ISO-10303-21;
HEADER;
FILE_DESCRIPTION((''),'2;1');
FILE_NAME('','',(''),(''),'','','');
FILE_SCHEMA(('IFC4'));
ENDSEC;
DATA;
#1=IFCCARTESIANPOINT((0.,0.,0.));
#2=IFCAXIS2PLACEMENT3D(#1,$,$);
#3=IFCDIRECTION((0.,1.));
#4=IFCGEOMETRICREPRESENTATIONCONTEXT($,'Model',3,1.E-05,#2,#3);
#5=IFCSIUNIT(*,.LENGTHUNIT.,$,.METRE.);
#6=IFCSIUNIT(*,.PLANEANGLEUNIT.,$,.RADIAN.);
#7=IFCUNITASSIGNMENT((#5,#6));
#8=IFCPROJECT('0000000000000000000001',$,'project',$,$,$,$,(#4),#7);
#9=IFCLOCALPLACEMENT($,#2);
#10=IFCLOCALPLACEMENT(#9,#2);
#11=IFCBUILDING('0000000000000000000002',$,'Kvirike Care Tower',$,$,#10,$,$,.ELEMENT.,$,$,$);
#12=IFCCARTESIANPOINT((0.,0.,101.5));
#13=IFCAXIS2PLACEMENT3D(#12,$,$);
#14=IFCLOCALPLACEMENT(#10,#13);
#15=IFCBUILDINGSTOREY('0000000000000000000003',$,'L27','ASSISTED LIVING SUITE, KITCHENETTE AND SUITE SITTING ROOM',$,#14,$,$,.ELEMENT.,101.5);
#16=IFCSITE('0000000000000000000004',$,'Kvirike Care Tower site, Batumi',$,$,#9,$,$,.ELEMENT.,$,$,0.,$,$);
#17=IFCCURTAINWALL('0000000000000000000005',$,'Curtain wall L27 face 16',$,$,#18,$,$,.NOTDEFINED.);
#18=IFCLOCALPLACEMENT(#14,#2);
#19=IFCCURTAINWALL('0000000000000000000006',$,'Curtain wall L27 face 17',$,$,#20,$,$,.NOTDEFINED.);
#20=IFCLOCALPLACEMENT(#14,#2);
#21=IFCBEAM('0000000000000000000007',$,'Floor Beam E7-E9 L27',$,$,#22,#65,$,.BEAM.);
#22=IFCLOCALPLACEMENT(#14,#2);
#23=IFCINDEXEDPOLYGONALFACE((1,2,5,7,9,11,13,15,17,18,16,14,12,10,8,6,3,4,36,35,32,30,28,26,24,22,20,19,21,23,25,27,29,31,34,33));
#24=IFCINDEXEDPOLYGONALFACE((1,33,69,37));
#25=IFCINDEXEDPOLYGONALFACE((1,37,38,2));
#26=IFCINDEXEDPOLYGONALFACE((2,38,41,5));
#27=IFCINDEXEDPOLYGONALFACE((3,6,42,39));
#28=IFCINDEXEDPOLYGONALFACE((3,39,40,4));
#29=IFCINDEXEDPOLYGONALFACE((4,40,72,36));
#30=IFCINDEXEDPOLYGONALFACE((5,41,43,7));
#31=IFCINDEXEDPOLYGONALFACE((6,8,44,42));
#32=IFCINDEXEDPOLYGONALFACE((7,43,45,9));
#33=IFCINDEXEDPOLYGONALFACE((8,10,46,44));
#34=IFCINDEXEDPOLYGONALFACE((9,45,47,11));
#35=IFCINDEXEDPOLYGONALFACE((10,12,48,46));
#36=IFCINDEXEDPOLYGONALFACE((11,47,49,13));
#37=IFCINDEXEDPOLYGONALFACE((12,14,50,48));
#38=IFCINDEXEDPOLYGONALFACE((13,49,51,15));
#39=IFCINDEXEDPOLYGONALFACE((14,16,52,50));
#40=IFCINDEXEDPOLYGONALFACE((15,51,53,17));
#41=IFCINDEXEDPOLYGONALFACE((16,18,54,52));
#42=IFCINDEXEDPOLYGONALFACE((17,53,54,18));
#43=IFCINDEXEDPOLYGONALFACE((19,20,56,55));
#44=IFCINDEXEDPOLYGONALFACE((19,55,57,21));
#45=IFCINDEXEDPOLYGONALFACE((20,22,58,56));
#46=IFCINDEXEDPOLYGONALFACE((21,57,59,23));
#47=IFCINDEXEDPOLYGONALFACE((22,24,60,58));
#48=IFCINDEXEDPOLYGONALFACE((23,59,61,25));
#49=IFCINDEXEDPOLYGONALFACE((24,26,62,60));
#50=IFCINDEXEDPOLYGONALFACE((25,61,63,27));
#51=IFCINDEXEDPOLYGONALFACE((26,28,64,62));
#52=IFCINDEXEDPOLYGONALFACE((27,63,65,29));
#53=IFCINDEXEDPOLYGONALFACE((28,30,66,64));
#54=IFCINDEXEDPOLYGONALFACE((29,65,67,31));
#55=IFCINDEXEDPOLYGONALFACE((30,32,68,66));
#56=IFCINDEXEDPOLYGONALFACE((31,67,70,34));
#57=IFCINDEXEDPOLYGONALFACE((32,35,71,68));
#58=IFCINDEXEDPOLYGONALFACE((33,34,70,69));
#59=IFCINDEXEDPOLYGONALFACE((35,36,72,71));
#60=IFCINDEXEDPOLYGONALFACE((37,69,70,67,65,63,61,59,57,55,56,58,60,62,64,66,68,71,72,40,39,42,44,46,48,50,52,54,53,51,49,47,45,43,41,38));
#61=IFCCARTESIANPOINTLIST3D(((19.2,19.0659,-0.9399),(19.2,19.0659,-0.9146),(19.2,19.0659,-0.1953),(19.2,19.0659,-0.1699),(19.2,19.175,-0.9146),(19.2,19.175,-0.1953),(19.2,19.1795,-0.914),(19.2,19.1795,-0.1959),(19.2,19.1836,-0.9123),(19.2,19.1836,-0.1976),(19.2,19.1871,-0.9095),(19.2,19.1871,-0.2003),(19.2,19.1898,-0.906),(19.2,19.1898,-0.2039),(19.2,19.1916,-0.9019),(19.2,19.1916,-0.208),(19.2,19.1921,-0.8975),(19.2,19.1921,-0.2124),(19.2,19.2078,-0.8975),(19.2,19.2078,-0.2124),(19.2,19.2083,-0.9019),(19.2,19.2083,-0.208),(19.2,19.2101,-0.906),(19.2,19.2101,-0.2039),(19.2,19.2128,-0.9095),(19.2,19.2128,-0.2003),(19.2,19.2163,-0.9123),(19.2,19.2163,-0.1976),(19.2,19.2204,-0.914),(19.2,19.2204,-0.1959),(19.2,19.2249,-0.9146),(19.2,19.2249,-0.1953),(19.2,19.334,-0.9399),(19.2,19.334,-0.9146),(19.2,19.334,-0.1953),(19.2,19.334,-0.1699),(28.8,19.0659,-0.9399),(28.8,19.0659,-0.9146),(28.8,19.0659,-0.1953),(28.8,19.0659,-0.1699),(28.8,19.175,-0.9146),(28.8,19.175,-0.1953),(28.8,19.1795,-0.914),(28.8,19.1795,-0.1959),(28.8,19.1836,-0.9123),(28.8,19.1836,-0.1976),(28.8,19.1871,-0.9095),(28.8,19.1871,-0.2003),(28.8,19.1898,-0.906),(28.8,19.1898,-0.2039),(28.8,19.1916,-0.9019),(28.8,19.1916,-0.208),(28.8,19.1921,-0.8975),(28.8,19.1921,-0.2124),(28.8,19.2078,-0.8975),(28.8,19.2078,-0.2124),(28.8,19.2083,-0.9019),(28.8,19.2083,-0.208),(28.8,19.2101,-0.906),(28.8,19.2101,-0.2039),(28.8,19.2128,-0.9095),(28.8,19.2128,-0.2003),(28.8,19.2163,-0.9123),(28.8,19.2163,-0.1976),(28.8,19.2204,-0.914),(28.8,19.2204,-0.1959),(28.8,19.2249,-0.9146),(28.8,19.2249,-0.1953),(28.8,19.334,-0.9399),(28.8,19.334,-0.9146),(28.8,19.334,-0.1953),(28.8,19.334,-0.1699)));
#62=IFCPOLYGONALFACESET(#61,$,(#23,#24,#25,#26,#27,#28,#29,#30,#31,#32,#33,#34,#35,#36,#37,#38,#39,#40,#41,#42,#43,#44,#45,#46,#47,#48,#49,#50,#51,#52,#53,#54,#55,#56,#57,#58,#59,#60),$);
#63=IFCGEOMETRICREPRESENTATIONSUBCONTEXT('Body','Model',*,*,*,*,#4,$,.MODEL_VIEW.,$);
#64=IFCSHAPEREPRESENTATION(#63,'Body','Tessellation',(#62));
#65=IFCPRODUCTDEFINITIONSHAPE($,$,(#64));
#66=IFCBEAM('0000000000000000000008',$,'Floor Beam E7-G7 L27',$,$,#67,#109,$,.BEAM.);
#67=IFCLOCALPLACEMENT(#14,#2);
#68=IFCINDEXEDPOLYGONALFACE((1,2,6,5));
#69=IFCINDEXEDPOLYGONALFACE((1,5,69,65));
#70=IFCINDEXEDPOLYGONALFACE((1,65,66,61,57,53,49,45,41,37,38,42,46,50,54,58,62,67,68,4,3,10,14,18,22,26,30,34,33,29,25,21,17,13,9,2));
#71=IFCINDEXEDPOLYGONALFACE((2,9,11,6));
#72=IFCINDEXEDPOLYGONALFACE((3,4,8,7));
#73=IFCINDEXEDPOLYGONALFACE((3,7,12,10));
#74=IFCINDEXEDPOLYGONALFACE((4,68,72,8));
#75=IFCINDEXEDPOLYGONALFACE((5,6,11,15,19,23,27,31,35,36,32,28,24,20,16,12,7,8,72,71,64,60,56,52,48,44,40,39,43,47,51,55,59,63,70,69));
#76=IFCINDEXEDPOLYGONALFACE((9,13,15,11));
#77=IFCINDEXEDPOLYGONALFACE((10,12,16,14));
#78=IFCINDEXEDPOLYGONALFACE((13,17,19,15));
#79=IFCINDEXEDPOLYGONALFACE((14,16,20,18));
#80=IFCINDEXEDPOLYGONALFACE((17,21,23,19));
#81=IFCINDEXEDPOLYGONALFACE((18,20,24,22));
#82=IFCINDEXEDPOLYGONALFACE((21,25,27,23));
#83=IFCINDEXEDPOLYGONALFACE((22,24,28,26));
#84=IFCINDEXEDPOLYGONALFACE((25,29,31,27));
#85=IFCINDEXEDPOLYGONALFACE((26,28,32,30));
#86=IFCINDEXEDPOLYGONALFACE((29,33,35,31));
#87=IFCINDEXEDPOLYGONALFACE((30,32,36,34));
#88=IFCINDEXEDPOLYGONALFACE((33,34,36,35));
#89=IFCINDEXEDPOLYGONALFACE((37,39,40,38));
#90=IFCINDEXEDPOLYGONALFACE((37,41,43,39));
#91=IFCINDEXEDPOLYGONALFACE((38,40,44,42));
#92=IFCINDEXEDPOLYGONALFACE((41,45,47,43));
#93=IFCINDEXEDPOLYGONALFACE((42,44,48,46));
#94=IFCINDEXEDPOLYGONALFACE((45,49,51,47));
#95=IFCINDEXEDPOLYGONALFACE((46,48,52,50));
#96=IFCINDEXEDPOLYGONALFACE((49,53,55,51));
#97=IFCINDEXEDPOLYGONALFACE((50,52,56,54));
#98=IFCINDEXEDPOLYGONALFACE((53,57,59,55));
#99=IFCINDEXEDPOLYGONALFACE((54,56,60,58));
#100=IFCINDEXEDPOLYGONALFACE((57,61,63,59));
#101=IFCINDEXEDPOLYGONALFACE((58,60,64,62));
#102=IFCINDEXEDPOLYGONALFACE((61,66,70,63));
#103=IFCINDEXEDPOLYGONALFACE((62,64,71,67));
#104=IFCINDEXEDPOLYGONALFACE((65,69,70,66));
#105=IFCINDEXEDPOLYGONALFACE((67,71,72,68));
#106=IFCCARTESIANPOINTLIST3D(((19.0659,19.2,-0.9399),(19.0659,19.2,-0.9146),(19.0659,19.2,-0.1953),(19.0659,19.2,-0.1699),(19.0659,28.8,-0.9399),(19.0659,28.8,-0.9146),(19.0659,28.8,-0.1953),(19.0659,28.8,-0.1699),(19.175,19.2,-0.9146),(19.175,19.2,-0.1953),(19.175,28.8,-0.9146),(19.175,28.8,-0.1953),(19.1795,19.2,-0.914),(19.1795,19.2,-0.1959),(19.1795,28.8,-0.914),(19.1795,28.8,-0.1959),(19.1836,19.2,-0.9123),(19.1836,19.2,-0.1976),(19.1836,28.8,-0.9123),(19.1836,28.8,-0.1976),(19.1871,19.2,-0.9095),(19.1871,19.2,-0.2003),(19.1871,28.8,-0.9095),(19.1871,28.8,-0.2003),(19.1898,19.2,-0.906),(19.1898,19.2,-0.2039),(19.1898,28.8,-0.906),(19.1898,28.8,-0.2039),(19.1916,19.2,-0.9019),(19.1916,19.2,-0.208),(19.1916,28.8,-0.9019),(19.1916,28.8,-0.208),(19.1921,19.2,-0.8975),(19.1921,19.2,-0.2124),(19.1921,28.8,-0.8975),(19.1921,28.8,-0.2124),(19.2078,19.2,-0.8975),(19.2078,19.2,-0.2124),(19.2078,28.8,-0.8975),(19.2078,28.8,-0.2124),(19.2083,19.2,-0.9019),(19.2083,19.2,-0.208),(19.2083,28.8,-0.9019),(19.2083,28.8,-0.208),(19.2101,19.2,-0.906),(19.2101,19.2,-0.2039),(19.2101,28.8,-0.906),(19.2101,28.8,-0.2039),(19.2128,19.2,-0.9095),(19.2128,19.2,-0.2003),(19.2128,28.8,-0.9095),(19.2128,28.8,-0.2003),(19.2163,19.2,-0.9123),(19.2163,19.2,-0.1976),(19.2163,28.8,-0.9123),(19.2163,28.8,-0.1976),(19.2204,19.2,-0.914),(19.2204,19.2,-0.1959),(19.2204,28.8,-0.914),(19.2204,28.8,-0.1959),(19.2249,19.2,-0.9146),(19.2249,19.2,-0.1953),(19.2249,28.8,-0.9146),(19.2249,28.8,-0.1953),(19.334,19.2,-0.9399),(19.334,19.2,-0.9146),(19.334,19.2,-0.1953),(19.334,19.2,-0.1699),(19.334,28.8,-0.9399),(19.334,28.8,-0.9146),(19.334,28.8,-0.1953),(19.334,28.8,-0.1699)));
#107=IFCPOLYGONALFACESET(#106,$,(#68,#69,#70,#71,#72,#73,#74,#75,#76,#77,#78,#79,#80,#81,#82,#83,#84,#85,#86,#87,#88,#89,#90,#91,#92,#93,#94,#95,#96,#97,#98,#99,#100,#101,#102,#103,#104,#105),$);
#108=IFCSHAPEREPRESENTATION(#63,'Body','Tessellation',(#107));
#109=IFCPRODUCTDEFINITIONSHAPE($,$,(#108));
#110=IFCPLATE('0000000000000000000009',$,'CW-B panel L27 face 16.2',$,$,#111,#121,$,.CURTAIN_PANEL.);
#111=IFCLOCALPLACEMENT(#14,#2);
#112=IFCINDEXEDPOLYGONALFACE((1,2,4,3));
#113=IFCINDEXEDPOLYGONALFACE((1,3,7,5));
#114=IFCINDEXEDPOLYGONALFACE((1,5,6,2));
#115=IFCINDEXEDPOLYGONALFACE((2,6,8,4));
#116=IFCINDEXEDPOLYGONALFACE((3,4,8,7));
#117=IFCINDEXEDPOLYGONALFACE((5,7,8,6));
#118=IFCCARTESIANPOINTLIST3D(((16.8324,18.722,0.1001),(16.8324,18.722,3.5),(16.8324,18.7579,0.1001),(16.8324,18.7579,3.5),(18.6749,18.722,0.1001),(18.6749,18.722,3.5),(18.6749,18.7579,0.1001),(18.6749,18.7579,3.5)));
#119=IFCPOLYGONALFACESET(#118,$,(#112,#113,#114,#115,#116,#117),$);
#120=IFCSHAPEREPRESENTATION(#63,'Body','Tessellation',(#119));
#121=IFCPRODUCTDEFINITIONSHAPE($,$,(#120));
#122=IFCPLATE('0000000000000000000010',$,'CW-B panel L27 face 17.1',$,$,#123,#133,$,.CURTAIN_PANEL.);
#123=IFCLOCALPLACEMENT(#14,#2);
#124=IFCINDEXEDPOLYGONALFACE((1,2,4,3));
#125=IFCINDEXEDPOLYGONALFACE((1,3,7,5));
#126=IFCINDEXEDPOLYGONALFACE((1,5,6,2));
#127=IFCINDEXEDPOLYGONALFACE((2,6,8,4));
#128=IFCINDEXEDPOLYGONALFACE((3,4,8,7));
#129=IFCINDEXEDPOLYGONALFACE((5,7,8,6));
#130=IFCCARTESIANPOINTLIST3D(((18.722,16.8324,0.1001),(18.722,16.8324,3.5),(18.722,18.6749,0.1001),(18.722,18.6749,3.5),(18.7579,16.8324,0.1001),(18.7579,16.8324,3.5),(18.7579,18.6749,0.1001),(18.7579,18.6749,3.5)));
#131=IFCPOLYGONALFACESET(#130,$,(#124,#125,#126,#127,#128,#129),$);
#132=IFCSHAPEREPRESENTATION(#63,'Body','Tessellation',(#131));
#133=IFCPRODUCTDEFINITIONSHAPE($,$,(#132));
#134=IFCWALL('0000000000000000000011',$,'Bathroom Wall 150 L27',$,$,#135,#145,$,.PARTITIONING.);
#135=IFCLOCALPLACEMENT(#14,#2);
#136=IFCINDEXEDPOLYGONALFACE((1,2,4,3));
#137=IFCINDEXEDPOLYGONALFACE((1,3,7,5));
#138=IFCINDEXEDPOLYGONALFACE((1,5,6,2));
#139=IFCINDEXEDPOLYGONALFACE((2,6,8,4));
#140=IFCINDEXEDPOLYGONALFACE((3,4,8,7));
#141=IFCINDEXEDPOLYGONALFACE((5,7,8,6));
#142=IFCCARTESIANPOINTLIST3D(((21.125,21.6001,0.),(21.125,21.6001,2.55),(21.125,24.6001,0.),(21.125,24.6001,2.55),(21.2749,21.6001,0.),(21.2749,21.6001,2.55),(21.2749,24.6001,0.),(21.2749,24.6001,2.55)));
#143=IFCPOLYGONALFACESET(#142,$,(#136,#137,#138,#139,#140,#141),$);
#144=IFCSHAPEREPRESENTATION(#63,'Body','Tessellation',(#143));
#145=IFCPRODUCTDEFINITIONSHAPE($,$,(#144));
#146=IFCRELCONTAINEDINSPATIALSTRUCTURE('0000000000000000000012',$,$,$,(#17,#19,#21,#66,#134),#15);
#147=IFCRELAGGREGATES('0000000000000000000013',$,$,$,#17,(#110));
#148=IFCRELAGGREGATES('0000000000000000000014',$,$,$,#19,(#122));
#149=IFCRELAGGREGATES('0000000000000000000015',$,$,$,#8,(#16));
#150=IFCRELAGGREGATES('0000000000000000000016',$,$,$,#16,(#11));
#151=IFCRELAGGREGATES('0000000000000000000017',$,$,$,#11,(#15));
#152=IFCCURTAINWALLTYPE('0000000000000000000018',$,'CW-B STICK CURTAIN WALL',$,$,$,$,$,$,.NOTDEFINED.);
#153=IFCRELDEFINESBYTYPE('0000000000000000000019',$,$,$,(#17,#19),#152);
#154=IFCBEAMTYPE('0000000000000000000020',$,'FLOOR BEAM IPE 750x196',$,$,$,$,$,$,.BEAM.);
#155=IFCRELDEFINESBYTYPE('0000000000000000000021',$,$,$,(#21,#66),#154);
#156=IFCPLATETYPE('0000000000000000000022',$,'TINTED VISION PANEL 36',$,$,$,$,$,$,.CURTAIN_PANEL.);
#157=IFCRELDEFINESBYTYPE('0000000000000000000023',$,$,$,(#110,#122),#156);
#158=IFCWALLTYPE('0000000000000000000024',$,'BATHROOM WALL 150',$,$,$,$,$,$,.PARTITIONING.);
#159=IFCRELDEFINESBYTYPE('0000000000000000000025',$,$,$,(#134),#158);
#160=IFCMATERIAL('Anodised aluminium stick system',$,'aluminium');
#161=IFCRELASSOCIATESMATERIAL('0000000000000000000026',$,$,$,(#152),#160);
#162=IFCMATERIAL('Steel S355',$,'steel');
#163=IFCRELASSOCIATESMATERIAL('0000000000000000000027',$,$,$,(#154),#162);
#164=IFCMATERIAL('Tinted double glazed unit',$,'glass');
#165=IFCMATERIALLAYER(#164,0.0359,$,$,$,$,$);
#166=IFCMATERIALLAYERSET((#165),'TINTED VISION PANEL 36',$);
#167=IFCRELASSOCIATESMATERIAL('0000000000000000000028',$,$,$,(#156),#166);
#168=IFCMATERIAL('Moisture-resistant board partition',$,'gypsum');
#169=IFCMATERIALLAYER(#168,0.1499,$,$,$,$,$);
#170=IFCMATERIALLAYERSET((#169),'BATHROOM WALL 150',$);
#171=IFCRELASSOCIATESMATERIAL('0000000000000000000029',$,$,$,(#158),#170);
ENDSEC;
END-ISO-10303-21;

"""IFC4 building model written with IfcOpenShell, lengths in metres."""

from ifc_helpers import new_model, si_unit, direction, frame, frame_2d, origin, origin_2d, place, context, subcontext, project, spatial, rectangle, i_section, extrude, material, layer, layer_set, material_profile, profile_set, type_object, element, aggregate, save


model = new_model("IFC4")

# Units and contexts
model_context = context("Model", 3, precision=1e-05, world=origin(), true_north=direction((0.0, 1.0)))
body_context = subcontext(model_context, "Body", "Model", "MODEL_VIEW")
ifc_project = project(units=[si_unit("LENGTHUNIT", "METRE"), si_unit("PLANEANGLEUNIT", "RADIAN")], contexts=[model_context])

# Site, building, storey
site_placement = place(None, origin())
site = spatial("IfcSite", under=ifc_project, at=site_placement, Name="Kvirike Care Tower site, Batumi", CompositionType="ELEMENT", RefElevation=0.0)
building_placement = place(site_placement, origin())
building = spatial("IfcBuilding", under=site, at=building_placement, Name="Kvirike Care Tower", CompositionType="ELEMENT")
storey_placement = place(building_placement, frame((0.0, 0.0, 101.5)))
storey = spatial("IfcBuildingStorey", under=building, at=storey_placement, Name="L27", Description="ASSISTED LIVING SUITE, KITCHENETTE AND SUITE SITTING ROOM", CompositionType="ELEMENT", Elevation=101.5)

# Curtain walls
ifc_material_1 = material(Name="Anodised aluminium stick system", Category="aluminium")
curtain_wall_type = type_object("IfcCurtainWallType", Name="CW-B STICK CURTAIN WALL", PredefinedType="NOTDEFINED", material=ifc_material_1)
curtain_wall_1_placement = place(storey_placement, origin())
curtain_wall_1 = element("IfcCurtainWall", 1, at=curtain_wall_1_placement, inside=storey, type_object=curtain_wall_type, Name="Curtain wall L27 face 16", PredefinedType="NOTDEFINED")
curtain_wall_2_placement = place(storey_placement, origin())
curtain_wall_2 = element("IfcCurtainWall", 2, at=curtain_wall_2_placement, inside=storey, type_object=curtain_wall_type, Name="Curtain wall L27 face 17", PredefinedType="NOTDEFINED")

# Beams
ifc_material_2 = material(Name="Steel S355", Category="steel")
ifc_material_profile_1 = material_profile(ifc_material_2, i_section(OverallWidth=0.2681, OverallDepth=0.77, WebThickness=0.0156, FlangeThickness=0.0254, FilletRadius=0.0171, at=origin_2d()), Name="IPE 750x196")
ifc_profile_set_1 = profile_set([ifc_material_profile_1], Name="Steel S355")
beam_type = type_object("IfcBeamType", Name="FLOOR BEAM IPE 750x196", PredefinedType="BEAM", material=ifc_profile_set_1)
for number, where, z_axis, x_axis, name in (
    (3, (19.2, 19.2, -0.5549), (1.0, 0.0, 0.0), (0.0, 1.0, 0.0), "Floor Beam E7-E9 L27"),
    (4, (19.2, 19.2, -0.5549), (0.0, 1.0, 0.0), (-1.0, 0.0, 0.0), "Floor Beam E7-G7 L27"),
):
    element("IfcBeam", number, at=place(storey_placement, frame(where, z_axis=z_axis, x_axis=x_axis)), inside=storey, type_object=beam_type, Name=name, PredefinedType="BEAM", context=body_context, shape_type="SweptSolid", body=[
        extrude(i_section(OverallWidth=0.2681, OverallDepth=0.77, WebThickness=0.0156, FlangeThickness=0.0254, FilletRadius=0.0171, at=origin_2d()), origin(), (0.0, 0.0, 1.0), 9.6001),
    ])

# Plates
ifc_material_3 = material(Name="Tinted double glazed unit", Category="glass")
ifc_layer_1 = layer(ifc_material_3, 0.0359)
ifc_layer_set_1 = layer_set([ifc_layer_1], Name="TINTED VISION PANEL 36")
plate_type = type_object("IfcPlateType", Name="TINTED VISION PANEL 36", PredefinedType="CURTAIN_PANEL", material=ifc_layer_set_1)
plate_1_placement = place(storey_placement, frame((17.7537, 18.74, 0.1001), z_axis=(0.0, 0.0, 1.0), x_axis=(1.0, 0.0, 0.0)))
plate_1 = element("IfcPlate", 5, at=plate_1_placement, type_object=plate_type, Name="CW-B panel L27 face 16.2", PredefinedType="CURTAIN_PANEL", context=body_context, shape_type="SweptSolid", body=[
    extrude(rectangle(XDim=1.8425, YDim=0.0359, at=origin_2d()), origin(), (0.0, 0.0, 1.0), 3.3999),
])
aggregate(curtain_wall_1, [plate_1])
plate_2_placement = place(storey_placement, frame((18.74, 17.7537, 0.1001), z_axis=(0.0, 0.0, 1.0), x_axis=(0.0, -1.0, 0.0)))
plate_2 = element("IfcPlate", 6, at=plate_2_placement, type_object=plate_type, Name="CW-B panel L27 face 17.1", PredefinedType="CURTAIN_PANEL", context=body_context, shape_type="SweptSolid", body=[
    extrude(rectangle(XDim=1.8425, YDim=0.0359, at=origin_2d()), origin(), (0.0, 0.0, 1.0), 3.3999),
])
aggregate(curtain_wall_2, [plate_2])

# Wall
ifc_material_4 = material(Name="Moisture-resistant board partition", Category="gypsum")
ifc_layer_2 = layer(ifc_material_4, 0.1499)
ifc_layer_set_2 = layer_set([ifc_layer_2], Name="BATHROOM WALL 150")
wall_type_1 = type_object("IfcWallType", Name="BATHROOM WALL 150", PredefinedType="PARTITIONING", material=ifc_layer_set_2)
wall_1_placement = place(storey_placement, frame((21.2, 21.6001, 0.0), z_axis=(0.0, 0.0, 1.0), x_axis=(0.0, 1.0, 0.0)))
element("IfcWall", 7, at=wall_1_placement, inside=storey, type_object=wall_type_1, Name="Bathroom Wall 150 L27", PredefinedType="PARTITIONING", context=body_context, shape_type="SweptSolid", body=[
    extrude(rectangle(XDim=3.0, YDim=0.1499, at=frame_2d((1.5, 0.0))), origin(), (0.0, 0.0, 1.0), 2.55),
])

save(model, "model.ifc")
